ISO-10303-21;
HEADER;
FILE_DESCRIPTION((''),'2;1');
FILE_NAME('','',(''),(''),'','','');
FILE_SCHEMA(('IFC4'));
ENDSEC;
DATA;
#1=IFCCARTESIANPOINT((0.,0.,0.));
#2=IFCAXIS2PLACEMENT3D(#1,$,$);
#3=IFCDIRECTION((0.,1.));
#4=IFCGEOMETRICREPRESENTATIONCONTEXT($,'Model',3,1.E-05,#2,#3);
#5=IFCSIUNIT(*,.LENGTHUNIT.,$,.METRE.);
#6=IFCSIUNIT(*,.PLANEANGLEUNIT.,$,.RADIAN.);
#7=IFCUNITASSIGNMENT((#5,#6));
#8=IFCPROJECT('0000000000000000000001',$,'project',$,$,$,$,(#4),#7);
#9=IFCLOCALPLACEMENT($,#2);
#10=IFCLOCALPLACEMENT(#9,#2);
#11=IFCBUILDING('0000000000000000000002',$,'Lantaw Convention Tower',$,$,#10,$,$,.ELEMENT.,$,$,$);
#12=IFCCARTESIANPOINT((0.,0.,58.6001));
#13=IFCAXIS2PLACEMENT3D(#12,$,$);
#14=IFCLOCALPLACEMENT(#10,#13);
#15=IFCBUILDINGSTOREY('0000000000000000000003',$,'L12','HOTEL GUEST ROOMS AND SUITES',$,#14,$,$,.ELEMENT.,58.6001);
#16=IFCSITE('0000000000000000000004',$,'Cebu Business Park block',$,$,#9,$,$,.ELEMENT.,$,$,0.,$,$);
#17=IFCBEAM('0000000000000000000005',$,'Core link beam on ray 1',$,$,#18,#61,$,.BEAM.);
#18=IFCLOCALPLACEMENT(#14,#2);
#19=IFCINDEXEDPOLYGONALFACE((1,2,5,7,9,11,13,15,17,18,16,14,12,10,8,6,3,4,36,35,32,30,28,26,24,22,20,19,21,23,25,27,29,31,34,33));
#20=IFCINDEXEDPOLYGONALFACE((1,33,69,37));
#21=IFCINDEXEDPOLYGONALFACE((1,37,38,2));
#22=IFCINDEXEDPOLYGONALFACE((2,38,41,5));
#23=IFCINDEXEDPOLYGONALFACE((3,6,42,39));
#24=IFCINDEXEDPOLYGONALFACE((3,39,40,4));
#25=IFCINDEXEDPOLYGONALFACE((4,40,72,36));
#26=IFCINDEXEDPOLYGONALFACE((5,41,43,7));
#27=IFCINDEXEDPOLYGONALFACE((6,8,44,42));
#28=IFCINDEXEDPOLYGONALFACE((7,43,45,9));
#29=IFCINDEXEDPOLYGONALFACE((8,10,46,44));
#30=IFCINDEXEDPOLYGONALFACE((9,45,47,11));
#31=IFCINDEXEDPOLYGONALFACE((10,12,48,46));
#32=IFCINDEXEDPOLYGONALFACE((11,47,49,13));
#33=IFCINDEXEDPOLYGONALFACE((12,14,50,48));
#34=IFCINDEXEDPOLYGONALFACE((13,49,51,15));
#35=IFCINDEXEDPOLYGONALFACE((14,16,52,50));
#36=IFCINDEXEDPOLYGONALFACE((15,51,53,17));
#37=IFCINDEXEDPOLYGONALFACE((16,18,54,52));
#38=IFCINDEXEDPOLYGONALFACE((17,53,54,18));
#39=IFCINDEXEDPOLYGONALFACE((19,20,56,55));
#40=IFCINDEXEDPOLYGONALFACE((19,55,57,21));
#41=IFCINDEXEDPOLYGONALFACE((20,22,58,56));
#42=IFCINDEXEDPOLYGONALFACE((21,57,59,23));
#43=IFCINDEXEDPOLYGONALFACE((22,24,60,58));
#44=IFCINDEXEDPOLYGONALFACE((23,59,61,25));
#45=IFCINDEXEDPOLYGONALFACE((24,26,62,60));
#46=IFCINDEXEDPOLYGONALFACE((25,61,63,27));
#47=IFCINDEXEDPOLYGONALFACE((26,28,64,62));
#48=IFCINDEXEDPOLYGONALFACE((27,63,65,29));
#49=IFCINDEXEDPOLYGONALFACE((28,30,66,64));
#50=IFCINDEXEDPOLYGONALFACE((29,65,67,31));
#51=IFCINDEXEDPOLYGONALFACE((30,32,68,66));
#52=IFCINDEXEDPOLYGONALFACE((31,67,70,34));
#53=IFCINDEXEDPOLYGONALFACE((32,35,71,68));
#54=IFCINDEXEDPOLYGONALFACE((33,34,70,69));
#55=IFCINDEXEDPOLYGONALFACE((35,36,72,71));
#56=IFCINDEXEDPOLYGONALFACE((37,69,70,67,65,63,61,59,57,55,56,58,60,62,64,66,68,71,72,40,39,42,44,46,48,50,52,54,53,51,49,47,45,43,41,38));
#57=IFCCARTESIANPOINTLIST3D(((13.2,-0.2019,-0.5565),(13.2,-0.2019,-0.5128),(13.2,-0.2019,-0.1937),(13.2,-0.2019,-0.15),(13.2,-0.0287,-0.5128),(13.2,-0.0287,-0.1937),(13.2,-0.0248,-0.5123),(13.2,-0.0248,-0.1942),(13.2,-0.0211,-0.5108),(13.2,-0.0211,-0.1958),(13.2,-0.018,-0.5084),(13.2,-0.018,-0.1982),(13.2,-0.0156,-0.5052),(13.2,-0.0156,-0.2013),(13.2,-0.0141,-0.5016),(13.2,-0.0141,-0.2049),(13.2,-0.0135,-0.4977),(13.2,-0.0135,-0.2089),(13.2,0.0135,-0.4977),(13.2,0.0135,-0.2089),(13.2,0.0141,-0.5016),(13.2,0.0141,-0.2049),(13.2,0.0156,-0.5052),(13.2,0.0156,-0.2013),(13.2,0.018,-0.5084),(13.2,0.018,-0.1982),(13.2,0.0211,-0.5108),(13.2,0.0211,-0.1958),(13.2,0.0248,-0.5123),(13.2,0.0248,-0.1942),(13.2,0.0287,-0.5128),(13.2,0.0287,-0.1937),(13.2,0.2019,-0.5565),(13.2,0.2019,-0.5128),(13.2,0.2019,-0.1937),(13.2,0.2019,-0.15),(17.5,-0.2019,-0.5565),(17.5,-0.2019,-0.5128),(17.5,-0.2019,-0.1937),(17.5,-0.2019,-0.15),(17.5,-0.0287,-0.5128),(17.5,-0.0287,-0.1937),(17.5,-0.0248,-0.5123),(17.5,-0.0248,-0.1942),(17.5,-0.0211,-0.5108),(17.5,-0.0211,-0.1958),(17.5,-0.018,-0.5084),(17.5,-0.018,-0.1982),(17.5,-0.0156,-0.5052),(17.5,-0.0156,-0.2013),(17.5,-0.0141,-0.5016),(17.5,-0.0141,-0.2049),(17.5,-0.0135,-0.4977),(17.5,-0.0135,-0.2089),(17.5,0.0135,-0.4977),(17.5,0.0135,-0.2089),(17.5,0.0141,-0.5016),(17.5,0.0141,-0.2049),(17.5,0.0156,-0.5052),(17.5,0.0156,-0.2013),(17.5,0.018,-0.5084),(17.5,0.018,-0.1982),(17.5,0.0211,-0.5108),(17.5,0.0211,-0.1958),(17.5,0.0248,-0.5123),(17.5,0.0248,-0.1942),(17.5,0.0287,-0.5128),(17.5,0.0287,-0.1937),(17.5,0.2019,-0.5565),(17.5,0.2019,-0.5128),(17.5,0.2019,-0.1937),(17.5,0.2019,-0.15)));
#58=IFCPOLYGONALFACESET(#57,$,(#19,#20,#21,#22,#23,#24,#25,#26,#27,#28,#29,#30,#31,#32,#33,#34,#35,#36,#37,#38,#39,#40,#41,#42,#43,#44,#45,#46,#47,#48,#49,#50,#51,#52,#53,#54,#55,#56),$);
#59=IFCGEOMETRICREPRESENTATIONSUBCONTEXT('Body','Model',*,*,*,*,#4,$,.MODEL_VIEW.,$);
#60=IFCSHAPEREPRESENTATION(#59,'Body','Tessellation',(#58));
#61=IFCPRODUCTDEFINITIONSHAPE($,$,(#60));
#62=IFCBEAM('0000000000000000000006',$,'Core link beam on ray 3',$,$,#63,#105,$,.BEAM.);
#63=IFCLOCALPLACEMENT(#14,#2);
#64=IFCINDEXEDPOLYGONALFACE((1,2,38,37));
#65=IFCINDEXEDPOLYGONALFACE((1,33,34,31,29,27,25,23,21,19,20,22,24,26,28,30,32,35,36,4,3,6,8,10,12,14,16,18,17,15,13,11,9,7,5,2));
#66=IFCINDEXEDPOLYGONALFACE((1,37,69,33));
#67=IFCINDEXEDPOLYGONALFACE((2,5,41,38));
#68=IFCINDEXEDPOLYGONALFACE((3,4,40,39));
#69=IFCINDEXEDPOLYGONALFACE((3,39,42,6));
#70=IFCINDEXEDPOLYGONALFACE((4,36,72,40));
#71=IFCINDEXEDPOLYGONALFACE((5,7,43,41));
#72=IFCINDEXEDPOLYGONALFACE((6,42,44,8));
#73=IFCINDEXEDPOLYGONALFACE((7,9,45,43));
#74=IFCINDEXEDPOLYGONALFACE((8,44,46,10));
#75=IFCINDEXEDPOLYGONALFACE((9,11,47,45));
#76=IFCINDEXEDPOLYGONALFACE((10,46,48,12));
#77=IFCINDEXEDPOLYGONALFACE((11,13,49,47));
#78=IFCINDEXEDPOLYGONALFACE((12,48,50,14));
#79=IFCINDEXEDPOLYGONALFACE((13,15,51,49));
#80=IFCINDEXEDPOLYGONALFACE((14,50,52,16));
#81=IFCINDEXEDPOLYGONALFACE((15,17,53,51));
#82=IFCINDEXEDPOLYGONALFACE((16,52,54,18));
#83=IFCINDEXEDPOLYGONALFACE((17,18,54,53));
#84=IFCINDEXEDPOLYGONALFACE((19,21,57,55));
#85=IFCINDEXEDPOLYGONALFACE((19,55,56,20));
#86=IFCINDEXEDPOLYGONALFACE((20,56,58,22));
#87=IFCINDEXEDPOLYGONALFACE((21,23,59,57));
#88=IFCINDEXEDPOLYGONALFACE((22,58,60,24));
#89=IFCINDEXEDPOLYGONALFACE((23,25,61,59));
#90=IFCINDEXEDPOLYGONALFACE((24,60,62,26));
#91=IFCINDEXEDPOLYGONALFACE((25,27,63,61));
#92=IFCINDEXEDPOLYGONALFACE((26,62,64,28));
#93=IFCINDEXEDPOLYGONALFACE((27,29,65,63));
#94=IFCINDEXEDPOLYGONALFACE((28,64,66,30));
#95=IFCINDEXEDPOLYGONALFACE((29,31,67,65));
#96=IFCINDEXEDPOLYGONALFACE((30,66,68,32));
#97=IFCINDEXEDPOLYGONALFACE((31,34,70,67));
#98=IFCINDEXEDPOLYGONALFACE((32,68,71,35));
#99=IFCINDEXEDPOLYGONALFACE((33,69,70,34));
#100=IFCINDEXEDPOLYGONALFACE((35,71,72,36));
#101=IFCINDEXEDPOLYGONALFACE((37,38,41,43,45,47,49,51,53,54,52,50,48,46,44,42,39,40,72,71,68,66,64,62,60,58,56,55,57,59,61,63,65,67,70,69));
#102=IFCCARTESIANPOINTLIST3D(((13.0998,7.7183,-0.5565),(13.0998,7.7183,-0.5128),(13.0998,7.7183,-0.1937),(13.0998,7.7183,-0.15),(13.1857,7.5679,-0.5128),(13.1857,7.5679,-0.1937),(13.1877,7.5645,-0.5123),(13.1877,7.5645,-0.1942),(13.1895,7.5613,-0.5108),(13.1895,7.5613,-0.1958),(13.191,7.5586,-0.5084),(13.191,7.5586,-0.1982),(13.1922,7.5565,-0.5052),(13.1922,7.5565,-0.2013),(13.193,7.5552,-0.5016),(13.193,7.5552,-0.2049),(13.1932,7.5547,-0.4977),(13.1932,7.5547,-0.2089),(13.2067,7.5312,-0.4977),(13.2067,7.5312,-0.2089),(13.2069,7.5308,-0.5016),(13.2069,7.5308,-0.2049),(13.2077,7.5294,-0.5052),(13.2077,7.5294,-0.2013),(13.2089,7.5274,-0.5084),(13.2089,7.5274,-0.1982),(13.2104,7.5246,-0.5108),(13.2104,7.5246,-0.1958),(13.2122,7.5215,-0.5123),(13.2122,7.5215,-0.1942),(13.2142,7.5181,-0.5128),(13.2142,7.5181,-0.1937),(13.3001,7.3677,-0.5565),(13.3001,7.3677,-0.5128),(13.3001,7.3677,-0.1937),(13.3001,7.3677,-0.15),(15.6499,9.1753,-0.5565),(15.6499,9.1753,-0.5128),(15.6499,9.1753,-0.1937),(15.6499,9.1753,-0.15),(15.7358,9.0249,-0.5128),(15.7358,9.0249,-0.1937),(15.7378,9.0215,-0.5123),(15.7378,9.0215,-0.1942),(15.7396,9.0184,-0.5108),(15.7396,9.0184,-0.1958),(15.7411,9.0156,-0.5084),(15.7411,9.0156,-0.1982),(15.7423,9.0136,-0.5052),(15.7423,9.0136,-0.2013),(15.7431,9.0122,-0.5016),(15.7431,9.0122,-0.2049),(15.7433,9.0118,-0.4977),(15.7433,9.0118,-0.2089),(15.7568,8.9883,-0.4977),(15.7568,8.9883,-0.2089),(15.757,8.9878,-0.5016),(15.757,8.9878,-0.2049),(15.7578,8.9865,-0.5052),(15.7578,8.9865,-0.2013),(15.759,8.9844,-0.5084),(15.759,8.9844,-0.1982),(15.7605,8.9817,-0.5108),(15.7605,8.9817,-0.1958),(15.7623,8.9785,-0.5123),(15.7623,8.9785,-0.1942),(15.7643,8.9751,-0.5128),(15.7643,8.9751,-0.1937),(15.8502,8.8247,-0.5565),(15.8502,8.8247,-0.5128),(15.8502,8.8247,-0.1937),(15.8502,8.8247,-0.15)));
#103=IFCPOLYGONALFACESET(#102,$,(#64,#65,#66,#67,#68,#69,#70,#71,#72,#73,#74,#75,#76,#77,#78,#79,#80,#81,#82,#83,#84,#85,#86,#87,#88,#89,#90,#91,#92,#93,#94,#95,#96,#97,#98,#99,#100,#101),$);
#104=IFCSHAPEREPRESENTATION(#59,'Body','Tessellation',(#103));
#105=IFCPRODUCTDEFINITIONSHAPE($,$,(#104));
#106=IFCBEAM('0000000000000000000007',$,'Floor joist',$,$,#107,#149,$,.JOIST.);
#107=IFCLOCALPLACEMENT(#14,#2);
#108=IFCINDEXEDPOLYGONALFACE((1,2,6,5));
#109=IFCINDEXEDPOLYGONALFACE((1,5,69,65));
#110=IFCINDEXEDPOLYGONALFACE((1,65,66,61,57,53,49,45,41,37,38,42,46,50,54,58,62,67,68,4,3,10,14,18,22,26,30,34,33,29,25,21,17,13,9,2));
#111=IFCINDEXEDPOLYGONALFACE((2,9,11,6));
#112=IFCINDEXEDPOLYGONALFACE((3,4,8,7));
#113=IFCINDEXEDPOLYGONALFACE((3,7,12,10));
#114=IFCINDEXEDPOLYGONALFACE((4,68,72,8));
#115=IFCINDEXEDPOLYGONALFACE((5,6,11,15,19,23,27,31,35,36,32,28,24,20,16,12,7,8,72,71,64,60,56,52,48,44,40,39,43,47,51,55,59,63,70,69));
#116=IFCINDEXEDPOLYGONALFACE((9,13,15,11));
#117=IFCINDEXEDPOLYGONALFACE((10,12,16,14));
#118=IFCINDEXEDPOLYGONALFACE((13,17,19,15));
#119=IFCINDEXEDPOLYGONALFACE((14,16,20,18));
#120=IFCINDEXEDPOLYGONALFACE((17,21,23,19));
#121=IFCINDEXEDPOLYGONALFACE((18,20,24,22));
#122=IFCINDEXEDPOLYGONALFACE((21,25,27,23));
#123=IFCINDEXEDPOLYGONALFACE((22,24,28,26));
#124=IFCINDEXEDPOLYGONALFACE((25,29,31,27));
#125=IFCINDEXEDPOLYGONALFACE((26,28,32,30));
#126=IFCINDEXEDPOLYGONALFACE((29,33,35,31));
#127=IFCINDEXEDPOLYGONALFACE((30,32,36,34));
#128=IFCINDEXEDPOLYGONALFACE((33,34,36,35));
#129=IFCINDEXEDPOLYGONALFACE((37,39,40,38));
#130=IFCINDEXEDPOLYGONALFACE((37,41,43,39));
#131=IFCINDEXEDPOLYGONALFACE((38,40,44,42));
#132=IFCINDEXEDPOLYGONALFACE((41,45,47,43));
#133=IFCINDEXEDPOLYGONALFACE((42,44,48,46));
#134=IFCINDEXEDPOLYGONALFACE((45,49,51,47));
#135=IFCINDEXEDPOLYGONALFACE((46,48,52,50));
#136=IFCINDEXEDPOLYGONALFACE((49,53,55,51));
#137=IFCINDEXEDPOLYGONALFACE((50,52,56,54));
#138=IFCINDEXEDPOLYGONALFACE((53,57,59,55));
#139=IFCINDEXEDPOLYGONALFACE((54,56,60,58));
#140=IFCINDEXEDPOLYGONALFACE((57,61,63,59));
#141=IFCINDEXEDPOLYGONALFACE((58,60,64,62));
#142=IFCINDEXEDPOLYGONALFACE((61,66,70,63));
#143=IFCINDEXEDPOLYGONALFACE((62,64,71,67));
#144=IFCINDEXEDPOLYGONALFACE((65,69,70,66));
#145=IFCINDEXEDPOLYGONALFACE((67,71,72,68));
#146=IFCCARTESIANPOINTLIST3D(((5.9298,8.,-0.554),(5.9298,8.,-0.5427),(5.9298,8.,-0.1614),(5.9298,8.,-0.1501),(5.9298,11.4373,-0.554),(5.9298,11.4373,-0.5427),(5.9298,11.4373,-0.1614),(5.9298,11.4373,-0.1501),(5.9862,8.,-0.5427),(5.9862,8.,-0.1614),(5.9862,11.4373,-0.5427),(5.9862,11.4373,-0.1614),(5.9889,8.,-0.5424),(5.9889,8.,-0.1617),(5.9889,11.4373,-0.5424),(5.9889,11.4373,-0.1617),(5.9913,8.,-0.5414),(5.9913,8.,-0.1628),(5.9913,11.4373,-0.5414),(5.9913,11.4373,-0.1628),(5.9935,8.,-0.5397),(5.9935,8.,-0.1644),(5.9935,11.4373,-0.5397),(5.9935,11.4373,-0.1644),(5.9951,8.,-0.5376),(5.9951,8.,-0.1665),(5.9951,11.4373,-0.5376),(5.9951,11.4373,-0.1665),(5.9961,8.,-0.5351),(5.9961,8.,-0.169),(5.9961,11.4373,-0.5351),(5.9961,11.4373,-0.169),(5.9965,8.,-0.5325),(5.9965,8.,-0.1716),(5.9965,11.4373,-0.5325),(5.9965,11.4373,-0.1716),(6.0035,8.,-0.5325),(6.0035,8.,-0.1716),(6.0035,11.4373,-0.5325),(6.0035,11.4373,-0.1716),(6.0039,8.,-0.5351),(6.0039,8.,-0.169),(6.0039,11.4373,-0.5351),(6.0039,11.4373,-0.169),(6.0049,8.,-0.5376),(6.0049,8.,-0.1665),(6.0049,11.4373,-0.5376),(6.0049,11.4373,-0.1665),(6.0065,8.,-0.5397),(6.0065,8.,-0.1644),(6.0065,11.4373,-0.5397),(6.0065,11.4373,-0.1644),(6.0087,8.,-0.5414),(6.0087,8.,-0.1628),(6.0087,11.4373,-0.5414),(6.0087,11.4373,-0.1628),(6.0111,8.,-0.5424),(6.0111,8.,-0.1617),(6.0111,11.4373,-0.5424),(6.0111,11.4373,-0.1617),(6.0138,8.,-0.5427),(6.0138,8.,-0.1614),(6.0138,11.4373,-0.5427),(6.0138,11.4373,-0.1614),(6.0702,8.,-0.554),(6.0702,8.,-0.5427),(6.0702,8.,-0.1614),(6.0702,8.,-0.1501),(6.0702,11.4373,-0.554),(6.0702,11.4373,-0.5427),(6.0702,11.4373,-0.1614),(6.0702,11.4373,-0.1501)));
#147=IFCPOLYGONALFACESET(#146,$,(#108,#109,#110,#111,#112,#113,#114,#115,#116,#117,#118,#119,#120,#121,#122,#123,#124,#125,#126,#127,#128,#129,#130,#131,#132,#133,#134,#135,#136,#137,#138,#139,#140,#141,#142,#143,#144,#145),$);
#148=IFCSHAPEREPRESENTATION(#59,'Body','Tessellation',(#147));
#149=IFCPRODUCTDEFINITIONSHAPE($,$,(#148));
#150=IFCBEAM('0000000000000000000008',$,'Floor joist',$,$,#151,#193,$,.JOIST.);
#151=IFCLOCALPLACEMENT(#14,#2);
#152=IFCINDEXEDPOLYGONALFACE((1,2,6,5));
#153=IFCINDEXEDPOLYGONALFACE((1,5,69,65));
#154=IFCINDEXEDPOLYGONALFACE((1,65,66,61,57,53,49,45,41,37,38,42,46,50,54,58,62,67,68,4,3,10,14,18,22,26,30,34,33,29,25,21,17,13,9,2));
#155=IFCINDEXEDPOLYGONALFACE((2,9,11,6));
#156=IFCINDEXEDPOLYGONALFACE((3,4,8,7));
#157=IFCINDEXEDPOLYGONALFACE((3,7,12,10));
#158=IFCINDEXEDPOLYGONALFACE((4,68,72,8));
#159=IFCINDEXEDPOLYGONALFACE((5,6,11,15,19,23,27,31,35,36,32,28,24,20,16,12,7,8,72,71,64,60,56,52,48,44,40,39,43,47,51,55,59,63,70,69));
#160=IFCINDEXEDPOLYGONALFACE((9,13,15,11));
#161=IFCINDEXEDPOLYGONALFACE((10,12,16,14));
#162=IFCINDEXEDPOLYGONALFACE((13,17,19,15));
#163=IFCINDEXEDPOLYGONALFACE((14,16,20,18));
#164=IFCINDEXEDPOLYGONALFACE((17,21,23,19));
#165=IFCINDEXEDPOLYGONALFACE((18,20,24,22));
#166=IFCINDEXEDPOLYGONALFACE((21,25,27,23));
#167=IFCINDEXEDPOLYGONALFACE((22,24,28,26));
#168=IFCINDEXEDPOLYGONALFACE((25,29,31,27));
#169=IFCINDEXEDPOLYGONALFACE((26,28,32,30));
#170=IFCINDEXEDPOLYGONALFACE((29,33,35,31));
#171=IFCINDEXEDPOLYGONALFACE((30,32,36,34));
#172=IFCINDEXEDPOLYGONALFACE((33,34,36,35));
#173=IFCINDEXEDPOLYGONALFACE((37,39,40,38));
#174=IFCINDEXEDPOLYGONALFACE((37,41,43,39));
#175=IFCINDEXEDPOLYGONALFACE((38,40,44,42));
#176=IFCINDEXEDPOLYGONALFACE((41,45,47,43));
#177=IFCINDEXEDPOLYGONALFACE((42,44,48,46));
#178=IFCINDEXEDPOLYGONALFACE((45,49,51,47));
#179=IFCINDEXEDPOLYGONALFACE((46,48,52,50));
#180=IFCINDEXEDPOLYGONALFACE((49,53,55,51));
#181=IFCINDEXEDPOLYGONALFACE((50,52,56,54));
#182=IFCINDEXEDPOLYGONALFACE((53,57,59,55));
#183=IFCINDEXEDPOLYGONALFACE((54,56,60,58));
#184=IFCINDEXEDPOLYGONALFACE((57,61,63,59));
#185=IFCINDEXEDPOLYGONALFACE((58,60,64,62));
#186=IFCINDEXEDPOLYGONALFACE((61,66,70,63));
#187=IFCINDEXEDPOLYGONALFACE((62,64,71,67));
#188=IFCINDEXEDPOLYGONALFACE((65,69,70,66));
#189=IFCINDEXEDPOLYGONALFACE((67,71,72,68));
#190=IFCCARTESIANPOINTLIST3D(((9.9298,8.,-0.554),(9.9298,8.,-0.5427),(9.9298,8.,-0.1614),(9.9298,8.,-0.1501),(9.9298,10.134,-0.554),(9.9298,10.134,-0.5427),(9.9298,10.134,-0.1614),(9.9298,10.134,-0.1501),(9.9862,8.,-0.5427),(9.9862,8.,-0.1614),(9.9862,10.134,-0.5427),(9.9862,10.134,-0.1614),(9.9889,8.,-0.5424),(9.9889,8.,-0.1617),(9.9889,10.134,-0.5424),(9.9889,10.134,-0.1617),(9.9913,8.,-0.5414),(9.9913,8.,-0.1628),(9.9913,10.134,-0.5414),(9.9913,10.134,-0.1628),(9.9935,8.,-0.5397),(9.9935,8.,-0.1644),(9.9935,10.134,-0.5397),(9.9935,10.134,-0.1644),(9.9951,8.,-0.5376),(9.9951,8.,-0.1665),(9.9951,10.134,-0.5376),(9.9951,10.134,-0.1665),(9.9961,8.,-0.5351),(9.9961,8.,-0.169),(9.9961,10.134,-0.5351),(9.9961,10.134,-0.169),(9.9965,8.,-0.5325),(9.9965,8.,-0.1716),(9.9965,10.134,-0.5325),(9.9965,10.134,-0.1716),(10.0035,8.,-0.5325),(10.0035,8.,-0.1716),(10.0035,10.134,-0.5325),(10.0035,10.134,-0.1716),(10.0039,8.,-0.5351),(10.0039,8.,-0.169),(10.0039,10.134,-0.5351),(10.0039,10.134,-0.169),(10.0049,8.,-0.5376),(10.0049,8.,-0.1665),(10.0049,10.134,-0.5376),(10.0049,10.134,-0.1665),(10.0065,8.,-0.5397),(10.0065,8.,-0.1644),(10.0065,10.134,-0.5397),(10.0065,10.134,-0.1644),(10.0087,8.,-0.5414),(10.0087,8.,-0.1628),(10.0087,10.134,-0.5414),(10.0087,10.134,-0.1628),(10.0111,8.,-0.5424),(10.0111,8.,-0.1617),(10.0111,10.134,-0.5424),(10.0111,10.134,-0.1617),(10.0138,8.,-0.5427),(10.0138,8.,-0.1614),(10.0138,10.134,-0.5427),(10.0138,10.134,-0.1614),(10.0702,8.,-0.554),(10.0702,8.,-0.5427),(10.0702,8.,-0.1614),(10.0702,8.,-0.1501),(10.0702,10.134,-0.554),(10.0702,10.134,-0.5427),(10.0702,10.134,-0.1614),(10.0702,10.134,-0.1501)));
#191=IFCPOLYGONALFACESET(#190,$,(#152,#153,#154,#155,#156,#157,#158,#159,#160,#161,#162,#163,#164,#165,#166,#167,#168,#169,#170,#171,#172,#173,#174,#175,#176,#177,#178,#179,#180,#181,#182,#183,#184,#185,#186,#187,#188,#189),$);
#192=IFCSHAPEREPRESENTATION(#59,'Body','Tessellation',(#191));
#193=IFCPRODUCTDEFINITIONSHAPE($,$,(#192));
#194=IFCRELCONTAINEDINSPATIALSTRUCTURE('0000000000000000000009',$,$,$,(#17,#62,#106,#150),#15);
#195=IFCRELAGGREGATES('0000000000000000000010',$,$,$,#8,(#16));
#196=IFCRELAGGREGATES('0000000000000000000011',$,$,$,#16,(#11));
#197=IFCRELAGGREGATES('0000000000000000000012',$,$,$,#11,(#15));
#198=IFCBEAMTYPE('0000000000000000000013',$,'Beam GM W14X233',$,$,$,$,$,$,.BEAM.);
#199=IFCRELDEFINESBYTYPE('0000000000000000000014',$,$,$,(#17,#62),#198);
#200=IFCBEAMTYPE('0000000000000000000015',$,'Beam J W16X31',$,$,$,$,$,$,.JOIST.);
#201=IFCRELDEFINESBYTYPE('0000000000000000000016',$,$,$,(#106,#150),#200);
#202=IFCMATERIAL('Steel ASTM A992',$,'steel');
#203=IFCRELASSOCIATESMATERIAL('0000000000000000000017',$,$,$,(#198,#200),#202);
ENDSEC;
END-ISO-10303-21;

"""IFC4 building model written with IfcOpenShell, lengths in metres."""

from ifc_helpers import new_model, si_unit, direction, frame, origin, origin_2d, place, context, subcontext, project, spatial, i_section, extrude, material, material_profile, profile_set, type_object, element, save


model = new_model("IFC4")

# Units and contexts
model_context = context("Model", 3, precision=1e-05, world=origin(), true_north=direction((0.0, 1.0)))
body_context = subcontext(model_context, "Body", "Model", "MODEL_VIEW")
ifc_project = project(units=[si_unit("LENGTHUNIT", "METRE"), si_unit("PLANEANGLEUNIT", "RADIAN")], contexts=[model_context])

# Site, building, storey
site_placement = place(None, origin())
site = spatial("IfcSite", under=ifc_project, at=site_placement, Name="Cebu Business Park block", CompositionType="ELEMENT", RefElevation=0.0)
building_placement = place(site_placement, origin())
building = spatial("IfcBuilding", under=site, at=building_placement, Name="Lantaw Convention Tower", CompositionType="ELEMENT")
storey_placement = place(building_placement, frame((0.0, 0.0, 58.6001)))
storey = spatial("IfcBuildingStorey", under=building, at=storey_placement, Name="L12", Description="HOTEL GUEST ROOMS AND SUITES", CompositionType="ELEMENT", Elevation=58.6001)

# Beams
ifc_material_1 = material(Name="Steel ASTM A992", Category="steel")
ifc_material_profile_1 = material_profile(ifc_material_1, i_section(OverallWidth=0.4038, OverallDepth=0.4065, WebThickness=0.0271, FlangeThickness=0.0437, FilletRadius=0.0151, at=origin_2d()), Name="W14X233")
ifc_profile_set_1 = profile_set([ifc_material_profile_1], Name="Steel ASTM A992")
beam_type_1 = type_object("IfcBeamType", Name="Beam GM W14X233", PredefinedType="BEAM", material=ifc_profile_set_1)
beam_1_placement = place(storey_placement, frame((13.2, 0.0, -0.3533), z_axis=(1.0, 0.0, 0.0), x_axis=(0.0, 1.0, 0.0)))
element("IfcBeam", 1, at=beam_1_placement, inside=storey, type_object=beam_type_1, Name="Core link beam on ray 1", PredefinedType="BEAM", context=body_context, shape_type="SweptSolid", body=[
    extrude(i_section(OverallWidth=0.4038, OverallDepth=0.4065, WebThickness=0.0271, FlangeThickness=0.0437, FilletRadius=0.0151, at=origin_2d()), origin(), (0.0, 0.0, 1.0), 4.3),
])
beam_2_placement = place(storey_placement, frame((13.2, 7.543, -0.3533), z_axis=(0.868264, 0.496103, 0.0), x_axis=(-0.496103, 0.868264, 0.0)))
element("IfcBeam", 2, at=beam_2_placement, inside=storey, type_object=beam_type_1, Name="Core link beam on ray 3", PredefinedType="BEAM", context=body_context, shape_type="SweptSolid", body=[
    extrude(i_section(OverallWidth=0.4038, OverallDepth=0.4065, WebThickness=0.0271, FlangeThickness=0.0437, FilletRadius=0.0151, at=origin_2d()), origin(), (0.0, 0.0, 1.0), 2.937),
])
ifc_material_profile_2 = material_profile(ifc_material_1, i_section(OverallWidth=0.1404, OverallDepth=0.4038, WebThickness=0.0071, FlangeThickness=0.0112, FilletRadius=0.0103, at=origin_2d()), Name="W16X31")
ifc_profile_set_2 = profile_set([ifc_material_profile_2], Name="Steel ASTM A992")
beam_type_2 = type_object("IfcBeamType", Name="Beam J W16X31", PredefinedType="JOIST", material=ifc_profile_set_2)
beam_3_placement = place(storey_placement, frame((6.0, 8.0, -0.3521), z_axis=(0.0, 1.0, 0.0), x_axis=(-1.0, 0.0, 0.0)))
element("IfcBeam", 3, at=beam_3_placement, inside=storey, type_object=beam_type_2, Name="Floor joist", PredefinedType="JOIST", context=body_context, shape_type="SweptSolid", body=[
    extrude(i_section(OverallWidth=0.1404, OverallDepth=0.4038, WebThickness=0.0071, FlangeThickness=0.0112, FilletRadius=0.0103, at=origin_2d()), origin(), (0.0, 0.0, 1.0), 3.4373),
])
beam_4_placement = place(storey_placement, frame((10.0, 8.0, -0.3521), z_axis=(0.0, 1.0, 0.0), x_axis=(-1.0, 0.0, 0.0)))
element("IfcBeam", 4, at=beam_4_placement, inside=storey, type_object=beam_type_2, Name="Floor joist", PredefinedType="JOIST", context=body_context, shape_type="SweptSolid", body=[
    extrude(i_section(OverallWidth=0.1404, OverallDepth=0.4038, WebThickness=0.0071, FlangeThickness=0.0112, FilletRadius=0.0103, at=origin_2d()), origin(), (0.0, 0.0, 1.0), 2.134),
])

save(model, "model.ifc")
